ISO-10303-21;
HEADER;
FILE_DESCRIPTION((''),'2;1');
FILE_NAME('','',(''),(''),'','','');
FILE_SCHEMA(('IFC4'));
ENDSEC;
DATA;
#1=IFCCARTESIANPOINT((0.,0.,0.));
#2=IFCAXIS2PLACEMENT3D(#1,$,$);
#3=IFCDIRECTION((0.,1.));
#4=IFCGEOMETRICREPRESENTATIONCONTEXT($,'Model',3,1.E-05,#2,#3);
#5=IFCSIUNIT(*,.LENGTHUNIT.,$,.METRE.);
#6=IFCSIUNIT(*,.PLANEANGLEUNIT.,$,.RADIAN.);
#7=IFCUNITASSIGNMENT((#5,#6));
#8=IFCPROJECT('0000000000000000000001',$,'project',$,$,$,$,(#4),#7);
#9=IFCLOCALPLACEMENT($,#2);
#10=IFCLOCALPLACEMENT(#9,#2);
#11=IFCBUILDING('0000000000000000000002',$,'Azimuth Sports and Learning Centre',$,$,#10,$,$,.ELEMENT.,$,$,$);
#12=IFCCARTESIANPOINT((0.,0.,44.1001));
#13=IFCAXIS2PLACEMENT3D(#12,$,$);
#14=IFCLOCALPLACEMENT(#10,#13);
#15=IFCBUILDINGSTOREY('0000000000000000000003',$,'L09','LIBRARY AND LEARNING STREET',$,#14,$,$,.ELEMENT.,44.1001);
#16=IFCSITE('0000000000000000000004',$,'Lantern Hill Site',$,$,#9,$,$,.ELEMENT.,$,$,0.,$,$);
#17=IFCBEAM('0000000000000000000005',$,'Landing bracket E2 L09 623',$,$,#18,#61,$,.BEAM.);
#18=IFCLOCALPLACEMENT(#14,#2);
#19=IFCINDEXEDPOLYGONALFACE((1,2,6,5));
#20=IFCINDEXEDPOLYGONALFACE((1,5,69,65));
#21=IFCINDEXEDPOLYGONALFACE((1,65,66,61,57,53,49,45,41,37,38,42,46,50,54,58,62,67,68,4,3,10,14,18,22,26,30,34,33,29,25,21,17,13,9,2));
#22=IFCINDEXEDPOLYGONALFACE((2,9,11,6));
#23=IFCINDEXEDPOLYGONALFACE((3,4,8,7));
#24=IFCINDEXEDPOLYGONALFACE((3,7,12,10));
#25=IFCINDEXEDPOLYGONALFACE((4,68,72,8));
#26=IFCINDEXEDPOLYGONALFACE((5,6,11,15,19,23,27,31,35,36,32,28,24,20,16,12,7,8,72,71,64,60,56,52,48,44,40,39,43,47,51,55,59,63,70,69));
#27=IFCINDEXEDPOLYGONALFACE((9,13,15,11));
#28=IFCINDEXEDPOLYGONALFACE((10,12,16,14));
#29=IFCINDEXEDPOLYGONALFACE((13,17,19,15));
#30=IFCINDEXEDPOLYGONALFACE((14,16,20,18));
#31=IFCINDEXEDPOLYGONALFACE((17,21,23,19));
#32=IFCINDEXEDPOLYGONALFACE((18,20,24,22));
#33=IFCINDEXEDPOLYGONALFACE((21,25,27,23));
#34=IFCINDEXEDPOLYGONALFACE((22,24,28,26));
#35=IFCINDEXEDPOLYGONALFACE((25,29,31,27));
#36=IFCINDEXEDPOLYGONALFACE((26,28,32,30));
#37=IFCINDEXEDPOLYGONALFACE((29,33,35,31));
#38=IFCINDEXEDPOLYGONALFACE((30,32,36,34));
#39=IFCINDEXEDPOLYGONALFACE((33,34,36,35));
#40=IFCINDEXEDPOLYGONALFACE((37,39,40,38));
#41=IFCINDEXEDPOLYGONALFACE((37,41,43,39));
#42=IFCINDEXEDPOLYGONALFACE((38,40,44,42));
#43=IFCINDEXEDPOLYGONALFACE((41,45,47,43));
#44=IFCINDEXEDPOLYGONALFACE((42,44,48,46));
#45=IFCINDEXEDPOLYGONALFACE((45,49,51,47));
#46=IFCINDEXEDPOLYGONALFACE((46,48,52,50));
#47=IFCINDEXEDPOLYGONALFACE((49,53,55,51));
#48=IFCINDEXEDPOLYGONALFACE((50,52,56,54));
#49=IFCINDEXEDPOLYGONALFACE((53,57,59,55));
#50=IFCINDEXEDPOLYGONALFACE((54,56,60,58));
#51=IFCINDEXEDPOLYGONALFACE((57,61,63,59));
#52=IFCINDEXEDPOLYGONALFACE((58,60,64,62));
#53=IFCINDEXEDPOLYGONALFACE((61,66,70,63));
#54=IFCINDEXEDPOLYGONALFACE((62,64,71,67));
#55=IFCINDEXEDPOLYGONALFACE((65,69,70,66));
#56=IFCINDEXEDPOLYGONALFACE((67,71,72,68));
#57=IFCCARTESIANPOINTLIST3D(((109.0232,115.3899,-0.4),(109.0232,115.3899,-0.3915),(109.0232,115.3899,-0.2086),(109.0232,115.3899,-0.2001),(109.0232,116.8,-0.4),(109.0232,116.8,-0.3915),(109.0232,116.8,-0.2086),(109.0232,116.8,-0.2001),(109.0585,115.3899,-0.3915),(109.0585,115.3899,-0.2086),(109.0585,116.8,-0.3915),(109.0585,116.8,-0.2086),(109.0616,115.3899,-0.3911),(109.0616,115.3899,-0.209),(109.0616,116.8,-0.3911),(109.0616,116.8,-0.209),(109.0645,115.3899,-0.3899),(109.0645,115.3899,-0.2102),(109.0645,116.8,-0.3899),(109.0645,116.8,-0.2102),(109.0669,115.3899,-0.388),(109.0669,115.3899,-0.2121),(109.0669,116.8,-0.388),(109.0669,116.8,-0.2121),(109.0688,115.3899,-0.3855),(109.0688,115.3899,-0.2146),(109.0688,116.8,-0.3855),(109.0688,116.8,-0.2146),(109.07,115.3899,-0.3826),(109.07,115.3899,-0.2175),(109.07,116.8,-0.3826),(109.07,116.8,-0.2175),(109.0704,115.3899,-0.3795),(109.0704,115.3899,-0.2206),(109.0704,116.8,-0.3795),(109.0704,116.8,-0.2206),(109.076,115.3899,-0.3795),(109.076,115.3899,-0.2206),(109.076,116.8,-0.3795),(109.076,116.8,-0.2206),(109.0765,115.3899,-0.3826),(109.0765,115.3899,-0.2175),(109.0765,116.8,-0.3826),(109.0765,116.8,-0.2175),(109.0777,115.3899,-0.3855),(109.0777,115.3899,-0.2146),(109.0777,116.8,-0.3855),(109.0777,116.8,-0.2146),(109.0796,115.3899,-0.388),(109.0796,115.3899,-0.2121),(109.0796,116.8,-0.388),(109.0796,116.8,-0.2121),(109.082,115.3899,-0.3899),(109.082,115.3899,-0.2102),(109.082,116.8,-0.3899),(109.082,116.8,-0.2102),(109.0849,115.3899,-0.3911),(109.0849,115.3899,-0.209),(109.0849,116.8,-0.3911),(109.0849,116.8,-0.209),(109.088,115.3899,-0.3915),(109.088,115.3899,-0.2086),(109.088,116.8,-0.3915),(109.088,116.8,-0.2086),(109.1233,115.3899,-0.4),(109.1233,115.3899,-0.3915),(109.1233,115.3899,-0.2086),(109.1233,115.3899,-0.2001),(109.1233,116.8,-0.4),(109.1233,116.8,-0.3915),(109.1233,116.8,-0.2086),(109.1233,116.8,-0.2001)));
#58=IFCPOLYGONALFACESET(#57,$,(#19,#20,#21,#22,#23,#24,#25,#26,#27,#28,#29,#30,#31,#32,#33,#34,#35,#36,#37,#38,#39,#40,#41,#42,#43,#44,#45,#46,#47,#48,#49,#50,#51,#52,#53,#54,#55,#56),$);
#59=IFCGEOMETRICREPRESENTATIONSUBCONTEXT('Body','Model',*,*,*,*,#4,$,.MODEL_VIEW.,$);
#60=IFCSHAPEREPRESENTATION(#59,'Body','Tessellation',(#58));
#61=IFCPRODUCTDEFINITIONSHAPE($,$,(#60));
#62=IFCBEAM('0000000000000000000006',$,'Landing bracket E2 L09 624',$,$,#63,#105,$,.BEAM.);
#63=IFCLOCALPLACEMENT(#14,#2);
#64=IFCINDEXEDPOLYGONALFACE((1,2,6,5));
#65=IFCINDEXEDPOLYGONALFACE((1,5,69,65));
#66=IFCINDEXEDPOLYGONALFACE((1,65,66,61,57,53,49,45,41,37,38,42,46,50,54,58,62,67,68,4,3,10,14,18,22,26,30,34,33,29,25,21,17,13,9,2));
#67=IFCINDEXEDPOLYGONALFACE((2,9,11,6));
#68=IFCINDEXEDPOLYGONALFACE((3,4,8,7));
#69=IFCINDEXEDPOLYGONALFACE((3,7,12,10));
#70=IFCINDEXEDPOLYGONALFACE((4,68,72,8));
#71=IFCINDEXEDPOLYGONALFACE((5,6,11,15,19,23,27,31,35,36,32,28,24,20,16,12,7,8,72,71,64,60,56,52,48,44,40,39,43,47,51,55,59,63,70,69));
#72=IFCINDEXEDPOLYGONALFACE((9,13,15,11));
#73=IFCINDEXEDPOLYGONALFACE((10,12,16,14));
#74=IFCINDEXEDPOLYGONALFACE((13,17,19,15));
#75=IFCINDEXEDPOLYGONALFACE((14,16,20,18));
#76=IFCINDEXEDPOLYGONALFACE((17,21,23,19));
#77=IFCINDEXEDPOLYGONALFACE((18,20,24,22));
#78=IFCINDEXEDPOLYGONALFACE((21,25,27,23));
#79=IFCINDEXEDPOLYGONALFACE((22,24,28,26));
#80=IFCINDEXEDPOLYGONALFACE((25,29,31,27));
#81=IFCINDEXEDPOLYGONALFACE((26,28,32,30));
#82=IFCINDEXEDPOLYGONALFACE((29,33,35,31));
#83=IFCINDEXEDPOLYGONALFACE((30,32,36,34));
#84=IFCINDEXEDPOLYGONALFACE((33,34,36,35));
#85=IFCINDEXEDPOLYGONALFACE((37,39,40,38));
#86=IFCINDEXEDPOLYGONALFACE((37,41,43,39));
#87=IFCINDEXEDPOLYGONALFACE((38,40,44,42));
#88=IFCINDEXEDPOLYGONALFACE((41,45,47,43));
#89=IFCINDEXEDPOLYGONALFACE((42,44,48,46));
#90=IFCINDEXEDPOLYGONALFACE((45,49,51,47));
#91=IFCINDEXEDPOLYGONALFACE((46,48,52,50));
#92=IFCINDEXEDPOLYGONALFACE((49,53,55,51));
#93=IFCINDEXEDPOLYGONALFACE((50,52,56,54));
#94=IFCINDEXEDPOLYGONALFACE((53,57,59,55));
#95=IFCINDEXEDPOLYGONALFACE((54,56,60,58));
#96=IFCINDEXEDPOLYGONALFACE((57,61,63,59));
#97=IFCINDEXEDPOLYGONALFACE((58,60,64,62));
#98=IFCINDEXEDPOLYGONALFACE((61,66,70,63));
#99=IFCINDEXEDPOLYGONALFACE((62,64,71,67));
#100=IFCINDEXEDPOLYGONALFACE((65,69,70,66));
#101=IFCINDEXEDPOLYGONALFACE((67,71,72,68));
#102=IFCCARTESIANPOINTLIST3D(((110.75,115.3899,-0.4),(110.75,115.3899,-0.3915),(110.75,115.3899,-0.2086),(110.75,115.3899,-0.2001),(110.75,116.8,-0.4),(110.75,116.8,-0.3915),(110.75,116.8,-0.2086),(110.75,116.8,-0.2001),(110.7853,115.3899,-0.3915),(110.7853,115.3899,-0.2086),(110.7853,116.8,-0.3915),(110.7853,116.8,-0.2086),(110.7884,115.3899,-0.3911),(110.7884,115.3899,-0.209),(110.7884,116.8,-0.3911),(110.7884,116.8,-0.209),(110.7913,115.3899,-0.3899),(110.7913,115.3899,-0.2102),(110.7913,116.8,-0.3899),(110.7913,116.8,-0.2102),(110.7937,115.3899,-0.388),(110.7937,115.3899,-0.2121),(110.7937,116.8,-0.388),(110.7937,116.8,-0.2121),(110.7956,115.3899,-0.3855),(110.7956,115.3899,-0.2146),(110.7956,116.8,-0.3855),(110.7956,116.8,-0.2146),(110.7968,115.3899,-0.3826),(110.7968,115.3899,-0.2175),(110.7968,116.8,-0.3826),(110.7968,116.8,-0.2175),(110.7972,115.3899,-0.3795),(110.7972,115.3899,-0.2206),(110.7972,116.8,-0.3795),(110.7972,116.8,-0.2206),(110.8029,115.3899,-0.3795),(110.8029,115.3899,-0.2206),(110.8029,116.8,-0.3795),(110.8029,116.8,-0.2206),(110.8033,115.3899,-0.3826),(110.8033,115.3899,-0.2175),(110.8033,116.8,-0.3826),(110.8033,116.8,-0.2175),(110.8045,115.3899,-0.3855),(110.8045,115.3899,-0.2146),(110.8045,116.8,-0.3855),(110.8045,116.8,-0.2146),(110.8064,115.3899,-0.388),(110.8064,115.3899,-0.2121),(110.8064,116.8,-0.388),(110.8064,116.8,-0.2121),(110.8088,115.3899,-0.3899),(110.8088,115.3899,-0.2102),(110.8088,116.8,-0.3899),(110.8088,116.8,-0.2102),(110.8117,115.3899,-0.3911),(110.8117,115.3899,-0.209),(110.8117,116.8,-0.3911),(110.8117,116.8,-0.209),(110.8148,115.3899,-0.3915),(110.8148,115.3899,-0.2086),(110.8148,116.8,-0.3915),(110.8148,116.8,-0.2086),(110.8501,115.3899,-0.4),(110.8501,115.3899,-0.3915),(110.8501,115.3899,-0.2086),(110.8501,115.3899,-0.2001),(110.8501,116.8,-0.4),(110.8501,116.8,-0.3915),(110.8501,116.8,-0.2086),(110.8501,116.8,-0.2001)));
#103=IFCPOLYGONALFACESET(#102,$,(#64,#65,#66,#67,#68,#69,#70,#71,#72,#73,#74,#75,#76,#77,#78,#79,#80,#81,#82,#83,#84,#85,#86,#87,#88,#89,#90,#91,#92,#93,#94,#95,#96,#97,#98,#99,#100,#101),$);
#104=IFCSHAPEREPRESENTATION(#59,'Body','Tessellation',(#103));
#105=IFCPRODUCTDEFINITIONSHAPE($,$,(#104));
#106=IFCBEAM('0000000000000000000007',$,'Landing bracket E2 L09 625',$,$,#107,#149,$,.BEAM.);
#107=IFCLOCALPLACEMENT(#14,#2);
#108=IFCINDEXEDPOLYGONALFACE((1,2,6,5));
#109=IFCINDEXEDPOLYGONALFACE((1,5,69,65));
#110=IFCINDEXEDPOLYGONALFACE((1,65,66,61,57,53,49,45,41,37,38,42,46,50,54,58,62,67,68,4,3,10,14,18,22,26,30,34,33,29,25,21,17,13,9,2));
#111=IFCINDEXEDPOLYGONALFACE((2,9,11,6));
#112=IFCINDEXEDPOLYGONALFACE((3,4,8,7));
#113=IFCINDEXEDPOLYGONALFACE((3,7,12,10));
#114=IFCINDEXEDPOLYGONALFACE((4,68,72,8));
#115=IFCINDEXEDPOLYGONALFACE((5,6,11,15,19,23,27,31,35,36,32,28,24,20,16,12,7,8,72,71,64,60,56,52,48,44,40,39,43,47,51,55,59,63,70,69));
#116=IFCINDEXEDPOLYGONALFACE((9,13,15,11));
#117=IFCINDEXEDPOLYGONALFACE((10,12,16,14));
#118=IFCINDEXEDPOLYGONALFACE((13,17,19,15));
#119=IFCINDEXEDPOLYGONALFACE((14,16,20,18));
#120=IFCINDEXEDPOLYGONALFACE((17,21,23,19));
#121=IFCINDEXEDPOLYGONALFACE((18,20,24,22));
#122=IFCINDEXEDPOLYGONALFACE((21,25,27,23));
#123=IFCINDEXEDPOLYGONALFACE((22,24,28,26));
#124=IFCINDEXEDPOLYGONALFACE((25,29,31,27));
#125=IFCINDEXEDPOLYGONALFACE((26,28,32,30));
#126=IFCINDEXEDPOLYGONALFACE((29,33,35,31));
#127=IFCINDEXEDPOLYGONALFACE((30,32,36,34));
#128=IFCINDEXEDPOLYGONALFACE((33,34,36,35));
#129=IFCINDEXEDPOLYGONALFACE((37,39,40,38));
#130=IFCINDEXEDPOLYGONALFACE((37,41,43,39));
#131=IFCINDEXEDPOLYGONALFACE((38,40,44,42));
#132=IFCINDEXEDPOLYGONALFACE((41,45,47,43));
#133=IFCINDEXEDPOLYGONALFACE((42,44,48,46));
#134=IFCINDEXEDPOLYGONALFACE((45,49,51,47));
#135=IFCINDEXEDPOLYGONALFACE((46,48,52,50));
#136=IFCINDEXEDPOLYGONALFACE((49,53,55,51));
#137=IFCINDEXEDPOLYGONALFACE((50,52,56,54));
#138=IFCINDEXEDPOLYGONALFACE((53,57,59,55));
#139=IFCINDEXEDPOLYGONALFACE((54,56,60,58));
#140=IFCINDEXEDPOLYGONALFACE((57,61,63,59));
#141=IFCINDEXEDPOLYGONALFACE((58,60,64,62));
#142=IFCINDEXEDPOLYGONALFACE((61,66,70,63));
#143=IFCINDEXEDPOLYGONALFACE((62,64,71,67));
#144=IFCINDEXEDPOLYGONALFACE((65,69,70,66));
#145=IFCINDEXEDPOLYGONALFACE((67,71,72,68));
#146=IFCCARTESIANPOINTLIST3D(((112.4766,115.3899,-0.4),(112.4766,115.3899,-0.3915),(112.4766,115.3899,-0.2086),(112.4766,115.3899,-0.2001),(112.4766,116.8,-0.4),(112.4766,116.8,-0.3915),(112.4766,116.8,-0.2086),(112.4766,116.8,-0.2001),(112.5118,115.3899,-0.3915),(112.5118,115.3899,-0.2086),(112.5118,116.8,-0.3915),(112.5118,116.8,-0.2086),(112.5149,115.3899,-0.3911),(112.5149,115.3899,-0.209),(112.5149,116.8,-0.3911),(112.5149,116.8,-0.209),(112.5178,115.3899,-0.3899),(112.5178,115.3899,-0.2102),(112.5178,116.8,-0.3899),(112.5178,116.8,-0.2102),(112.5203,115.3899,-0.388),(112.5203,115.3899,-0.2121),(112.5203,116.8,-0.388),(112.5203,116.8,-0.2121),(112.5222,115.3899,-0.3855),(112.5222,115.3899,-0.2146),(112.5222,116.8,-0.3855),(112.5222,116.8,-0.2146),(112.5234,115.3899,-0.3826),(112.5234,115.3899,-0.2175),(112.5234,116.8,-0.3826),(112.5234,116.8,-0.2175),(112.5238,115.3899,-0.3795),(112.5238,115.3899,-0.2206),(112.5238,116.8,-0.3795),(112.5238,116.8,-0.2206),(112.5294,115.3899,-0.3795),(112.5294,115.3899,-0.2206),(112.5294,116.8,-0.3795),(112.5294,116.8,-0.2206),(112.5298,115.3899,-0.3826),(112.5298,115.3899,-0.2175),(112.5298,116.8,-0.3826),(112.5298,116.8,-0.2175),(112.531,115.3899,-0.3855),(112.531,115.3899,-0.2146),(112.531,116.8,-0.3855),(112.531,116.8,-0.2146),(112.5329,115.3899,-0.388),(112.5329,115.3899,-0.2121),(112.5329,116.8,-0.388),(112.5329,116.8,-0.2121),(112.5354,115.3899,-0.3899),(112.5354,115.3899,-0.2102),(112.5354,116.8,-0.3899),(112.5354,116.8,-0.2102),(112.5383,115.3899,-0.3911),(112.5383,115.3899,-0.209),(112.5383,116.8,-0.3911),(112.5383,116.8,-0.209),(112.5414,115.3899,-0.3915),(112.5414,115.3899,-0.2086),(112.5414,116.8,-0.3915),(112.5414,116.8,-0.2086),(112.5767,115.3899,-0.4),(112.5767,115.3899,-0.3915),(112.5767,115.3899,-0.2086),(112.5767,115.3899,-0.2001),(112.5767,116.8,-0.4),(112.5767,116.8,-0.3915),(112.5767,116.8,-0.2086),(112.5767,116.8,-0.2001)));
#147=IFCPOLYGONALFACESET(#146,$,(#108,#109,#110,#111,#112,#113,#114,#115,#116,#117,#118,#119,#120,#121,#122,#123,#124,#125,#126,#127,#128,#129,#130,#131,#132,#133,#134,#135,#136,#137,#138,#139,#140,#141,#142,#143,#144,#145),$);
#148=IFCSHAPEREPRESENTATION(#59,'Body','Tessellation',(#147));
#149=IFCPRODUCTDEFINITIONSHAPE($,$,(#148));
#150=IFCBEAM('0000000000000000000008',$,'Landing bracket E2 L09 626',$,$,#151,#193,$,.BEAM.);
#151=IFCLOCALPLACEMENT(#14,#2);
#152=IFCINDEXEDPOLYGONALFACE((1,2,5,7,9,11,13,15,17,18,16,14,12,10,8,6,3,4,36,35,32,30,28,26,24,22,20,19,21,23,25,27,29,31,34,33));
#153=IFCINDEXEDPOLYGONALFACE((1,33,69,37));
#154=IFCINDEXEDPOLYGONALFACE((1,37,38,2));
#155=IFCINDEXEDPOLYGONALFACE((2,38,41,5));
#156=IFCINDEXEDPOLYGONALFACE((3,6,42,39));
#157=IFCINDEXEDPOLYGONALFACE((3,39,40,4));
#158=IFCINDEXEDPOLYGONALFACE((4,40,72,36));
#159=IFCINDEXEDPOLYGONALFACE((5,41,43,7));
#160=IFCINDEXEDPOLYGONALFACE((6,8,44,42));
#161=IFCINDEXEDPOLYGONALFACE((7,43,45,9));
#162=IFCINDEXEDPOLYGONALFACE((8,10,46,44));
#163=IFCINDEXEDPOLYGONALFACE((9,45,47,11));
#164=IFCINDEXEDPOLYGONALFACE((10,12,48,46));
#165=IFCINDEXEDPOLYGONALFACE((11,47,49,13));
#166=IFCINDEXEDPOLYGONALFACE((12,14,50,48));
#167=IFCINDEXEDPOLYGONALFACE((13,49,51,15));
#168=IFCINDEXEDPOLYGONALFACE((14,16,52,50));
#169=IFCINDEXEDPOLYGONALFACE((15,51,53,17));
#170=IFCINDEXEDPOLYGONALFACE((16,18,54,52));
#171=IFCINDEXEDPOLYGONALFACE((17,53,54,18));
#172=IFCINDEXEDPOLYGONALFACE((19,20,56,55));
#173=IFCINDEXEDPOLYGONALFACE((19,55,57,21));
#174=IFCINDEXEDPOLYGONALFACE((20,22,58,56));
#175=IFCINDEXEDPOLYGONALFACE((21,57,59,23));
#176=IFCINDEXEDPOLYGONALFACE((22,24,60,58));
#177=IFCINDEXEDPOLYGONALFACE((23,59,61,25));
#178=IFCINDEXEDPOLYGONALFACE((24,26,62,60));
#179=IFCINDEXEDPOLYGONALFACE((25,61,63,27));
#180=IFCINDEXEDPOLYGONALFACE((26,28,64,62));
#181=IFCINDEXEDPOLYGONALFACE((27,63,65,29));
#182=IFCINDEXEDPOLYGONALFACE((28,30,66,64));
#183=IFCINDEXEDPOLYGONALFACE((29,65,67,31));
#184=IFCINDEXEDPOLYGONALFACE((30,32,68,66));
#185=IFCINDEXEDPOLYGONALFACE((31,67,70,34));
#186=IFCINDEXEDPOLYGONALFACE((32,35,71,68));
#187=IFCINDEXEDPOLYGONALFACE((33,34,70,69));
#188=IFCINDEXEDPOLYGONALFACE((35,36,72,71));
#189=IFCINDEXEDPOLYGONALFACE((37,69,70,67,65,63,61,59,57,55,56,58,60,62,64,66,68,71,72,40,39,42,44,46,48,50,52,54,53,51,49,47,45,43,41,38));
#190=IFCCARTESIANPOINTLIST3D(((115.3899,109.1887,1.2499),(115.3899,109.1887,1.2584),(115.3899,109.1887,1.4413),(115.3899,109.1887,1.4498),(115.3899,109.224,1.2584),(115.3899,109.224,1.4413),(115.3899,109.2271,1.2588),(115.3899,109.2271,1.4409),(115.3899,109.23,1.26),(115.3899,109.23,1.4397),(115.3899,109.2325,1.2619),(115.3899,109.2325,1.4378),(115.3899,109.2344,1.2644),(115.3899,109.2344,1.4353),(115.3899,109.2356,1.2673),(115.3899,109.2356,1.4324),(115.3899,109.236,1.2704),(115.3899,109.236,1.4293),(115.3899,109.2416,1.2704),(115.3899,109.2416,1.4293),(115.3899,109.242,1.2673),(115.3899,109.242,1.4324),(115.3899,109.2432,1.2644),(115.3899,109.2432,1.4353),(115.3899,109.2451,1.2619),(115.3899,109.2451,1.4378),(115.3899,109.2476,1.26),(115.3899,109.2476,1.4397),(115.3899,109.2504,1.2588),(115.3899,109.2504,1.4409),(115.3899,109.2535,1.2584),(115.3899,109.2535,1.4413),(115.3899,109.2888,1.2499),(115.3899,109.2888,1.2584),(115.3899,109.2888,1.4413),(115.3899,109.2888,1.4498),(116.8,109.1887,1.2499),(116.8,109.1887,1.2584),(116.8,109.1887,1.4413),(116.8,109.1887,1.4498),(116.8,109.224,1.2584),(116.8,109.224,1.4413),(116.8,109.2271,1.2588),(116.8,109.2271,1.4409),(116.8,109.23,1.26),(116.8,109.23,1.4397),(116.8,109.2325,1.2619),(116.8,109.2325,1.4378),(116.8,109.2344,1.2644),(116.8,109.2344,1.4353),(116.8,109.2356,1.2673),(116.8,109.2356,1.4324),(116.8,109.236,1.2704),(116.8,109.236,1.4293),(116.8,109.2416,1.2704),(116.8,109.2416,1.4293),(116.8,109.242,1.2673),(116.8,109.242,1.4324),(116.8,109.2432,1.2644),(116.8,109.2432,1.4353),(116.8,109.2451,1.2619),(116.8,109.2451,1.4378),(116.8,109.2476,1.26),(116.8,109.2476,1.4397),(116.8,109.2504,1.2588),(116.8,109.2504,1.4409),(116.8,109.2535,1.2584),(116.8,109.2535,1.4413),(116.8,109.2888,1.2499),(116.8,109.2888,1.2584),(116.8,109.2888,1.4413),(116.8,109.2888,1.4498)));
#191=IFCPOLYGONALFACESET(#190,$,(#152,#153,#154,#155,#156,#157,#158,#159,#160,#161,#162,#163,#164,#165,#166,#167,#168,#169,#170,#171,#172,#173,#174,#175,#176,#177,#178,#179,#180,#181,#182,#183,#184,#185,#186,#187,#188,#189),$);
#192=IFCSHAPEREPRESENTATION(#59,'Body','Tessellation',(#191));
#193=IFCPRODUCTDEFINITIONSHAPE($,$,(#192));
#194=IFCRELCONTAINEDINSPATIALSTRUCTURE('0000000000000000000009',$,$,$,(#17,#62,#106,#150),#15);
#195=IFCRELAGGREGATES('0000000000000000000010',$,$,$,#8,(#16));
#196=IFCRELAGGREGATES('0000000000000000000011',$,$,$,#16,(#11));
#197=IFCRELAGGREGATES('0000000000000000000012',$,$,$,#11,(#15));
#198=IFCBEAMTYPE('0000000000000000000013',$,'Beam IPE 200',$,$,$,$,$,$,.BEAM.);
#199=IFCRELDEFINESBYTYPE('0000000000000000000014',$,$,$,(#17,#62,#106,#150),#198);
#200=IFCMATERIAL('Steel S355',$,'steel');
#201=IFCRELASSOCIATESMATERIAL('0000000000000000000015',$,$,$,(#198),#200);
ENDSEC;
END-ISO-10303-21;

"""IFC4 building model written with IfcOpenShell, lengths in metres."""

from ifc_helpers import new_model, si_unit, direction, frame, origin, origin_2d, place, context, subcontext, project, spatial, i_section, extrude, material, material_profile, profile_set, type_object, element, save


model = new_model("IFC4")

# Units and contexts
model_context = context("Model", 3, precision=1e-05, world=origin(), true_north=direction((0.0, 1.0)))
body_context = subcontext(model_context, "Body", "Model", "MODEL_VIEW")
ifc_project = project(units=[si_unit("LENGTHUNIT", "METRE"), si_unit("PLANEANGLEUNIT", "RADIAN")], contexts=[model_context])

# Site, building, storey
site_placement = place(None, origin())
site = spatial("IfcSite", under=ifc_project, at=site_placement, Name="Lantern Hill Site", CompositionType="ELEMENT", RefElevation=0.0)
building_placement = place(site_placement, origin())
building = spatial("IfcBuilding", under=site, at=building_placement, Name="Azimuth Sports and Learning Centre", CompositionType="ELEMENT")
storey_placement = place(building_placement, frame((0.0, 0.0, 44.1001)))
storey = spatial("IfcBuildingStorey", under=building, at=storey_placement, Name="L09", Description="LIBRARY AND LEARNING STREET", CompositionType="ELEMENT", Elevation=44.1001)

# Beams
ifc_material_1 = material(Name="Steel S355", Category="steel")
ifc_material_profile = material_profile(ifc_material_1, i_section(OverallWidth=0.1001, OverallDepth=0.2, WebThickness=0.0056, FlangeThickness=0.0085, FilletRadius=0.012, at=origin_2d()), Name="IPE 200")
ifc_profile_set = profile_set([ifc_material_profile], Name="Steel S355")
beam_type = type_object("IfcBeamType", Name="Beam IPE 200", PredefinedType="BEAM", material=ifc_profile_set)
for number, where, z_axis, x_axis, name in (
    (1, (109.0732, 116.8, -0.3), (0.0, -1.0, 0.0), (1.0, 0.0, 0.0), "Landing bracket E2 L09 623"),
    (2, (110.8, 116.8, -0.3), (0.0, -1.0, 0.0), (1.0, 0.0, 0.0), "Landing bracket E2 L09 624"),
    (3, (112.5266, 116.8, -0.3), (0.0, -1.0, 0.0), (1.0, 0.0, 0.0), "Landing bracket E2 L09 625"),
    (4, (116.8, 109.2388, 1.3499), (-1.0, 0.0, 0.0), (0.0, -1.0, 0.0), "Landing bracket E2 L09 626"),
):
    element("IfcBeam", number, at=place(storey_placement, frame(where, z_axis=z_axis, x_axis=x_axis)), inside=storey, type_object=beam_type, Name=name, PredefinedType="BEAM", context=body_context, shape_type="SweptSolid", body=[
        extrude(i_section(OverallWidth=0.1001, OverallDepth=0.2, WebThickness=0.0056, FlangeThickness=0.0085, FilletRadius=0.012, at=origin_2d()), origin(), (0.0, 0.0, 1.0), 1.4102),
    ])

save(model, "model.ifc")
